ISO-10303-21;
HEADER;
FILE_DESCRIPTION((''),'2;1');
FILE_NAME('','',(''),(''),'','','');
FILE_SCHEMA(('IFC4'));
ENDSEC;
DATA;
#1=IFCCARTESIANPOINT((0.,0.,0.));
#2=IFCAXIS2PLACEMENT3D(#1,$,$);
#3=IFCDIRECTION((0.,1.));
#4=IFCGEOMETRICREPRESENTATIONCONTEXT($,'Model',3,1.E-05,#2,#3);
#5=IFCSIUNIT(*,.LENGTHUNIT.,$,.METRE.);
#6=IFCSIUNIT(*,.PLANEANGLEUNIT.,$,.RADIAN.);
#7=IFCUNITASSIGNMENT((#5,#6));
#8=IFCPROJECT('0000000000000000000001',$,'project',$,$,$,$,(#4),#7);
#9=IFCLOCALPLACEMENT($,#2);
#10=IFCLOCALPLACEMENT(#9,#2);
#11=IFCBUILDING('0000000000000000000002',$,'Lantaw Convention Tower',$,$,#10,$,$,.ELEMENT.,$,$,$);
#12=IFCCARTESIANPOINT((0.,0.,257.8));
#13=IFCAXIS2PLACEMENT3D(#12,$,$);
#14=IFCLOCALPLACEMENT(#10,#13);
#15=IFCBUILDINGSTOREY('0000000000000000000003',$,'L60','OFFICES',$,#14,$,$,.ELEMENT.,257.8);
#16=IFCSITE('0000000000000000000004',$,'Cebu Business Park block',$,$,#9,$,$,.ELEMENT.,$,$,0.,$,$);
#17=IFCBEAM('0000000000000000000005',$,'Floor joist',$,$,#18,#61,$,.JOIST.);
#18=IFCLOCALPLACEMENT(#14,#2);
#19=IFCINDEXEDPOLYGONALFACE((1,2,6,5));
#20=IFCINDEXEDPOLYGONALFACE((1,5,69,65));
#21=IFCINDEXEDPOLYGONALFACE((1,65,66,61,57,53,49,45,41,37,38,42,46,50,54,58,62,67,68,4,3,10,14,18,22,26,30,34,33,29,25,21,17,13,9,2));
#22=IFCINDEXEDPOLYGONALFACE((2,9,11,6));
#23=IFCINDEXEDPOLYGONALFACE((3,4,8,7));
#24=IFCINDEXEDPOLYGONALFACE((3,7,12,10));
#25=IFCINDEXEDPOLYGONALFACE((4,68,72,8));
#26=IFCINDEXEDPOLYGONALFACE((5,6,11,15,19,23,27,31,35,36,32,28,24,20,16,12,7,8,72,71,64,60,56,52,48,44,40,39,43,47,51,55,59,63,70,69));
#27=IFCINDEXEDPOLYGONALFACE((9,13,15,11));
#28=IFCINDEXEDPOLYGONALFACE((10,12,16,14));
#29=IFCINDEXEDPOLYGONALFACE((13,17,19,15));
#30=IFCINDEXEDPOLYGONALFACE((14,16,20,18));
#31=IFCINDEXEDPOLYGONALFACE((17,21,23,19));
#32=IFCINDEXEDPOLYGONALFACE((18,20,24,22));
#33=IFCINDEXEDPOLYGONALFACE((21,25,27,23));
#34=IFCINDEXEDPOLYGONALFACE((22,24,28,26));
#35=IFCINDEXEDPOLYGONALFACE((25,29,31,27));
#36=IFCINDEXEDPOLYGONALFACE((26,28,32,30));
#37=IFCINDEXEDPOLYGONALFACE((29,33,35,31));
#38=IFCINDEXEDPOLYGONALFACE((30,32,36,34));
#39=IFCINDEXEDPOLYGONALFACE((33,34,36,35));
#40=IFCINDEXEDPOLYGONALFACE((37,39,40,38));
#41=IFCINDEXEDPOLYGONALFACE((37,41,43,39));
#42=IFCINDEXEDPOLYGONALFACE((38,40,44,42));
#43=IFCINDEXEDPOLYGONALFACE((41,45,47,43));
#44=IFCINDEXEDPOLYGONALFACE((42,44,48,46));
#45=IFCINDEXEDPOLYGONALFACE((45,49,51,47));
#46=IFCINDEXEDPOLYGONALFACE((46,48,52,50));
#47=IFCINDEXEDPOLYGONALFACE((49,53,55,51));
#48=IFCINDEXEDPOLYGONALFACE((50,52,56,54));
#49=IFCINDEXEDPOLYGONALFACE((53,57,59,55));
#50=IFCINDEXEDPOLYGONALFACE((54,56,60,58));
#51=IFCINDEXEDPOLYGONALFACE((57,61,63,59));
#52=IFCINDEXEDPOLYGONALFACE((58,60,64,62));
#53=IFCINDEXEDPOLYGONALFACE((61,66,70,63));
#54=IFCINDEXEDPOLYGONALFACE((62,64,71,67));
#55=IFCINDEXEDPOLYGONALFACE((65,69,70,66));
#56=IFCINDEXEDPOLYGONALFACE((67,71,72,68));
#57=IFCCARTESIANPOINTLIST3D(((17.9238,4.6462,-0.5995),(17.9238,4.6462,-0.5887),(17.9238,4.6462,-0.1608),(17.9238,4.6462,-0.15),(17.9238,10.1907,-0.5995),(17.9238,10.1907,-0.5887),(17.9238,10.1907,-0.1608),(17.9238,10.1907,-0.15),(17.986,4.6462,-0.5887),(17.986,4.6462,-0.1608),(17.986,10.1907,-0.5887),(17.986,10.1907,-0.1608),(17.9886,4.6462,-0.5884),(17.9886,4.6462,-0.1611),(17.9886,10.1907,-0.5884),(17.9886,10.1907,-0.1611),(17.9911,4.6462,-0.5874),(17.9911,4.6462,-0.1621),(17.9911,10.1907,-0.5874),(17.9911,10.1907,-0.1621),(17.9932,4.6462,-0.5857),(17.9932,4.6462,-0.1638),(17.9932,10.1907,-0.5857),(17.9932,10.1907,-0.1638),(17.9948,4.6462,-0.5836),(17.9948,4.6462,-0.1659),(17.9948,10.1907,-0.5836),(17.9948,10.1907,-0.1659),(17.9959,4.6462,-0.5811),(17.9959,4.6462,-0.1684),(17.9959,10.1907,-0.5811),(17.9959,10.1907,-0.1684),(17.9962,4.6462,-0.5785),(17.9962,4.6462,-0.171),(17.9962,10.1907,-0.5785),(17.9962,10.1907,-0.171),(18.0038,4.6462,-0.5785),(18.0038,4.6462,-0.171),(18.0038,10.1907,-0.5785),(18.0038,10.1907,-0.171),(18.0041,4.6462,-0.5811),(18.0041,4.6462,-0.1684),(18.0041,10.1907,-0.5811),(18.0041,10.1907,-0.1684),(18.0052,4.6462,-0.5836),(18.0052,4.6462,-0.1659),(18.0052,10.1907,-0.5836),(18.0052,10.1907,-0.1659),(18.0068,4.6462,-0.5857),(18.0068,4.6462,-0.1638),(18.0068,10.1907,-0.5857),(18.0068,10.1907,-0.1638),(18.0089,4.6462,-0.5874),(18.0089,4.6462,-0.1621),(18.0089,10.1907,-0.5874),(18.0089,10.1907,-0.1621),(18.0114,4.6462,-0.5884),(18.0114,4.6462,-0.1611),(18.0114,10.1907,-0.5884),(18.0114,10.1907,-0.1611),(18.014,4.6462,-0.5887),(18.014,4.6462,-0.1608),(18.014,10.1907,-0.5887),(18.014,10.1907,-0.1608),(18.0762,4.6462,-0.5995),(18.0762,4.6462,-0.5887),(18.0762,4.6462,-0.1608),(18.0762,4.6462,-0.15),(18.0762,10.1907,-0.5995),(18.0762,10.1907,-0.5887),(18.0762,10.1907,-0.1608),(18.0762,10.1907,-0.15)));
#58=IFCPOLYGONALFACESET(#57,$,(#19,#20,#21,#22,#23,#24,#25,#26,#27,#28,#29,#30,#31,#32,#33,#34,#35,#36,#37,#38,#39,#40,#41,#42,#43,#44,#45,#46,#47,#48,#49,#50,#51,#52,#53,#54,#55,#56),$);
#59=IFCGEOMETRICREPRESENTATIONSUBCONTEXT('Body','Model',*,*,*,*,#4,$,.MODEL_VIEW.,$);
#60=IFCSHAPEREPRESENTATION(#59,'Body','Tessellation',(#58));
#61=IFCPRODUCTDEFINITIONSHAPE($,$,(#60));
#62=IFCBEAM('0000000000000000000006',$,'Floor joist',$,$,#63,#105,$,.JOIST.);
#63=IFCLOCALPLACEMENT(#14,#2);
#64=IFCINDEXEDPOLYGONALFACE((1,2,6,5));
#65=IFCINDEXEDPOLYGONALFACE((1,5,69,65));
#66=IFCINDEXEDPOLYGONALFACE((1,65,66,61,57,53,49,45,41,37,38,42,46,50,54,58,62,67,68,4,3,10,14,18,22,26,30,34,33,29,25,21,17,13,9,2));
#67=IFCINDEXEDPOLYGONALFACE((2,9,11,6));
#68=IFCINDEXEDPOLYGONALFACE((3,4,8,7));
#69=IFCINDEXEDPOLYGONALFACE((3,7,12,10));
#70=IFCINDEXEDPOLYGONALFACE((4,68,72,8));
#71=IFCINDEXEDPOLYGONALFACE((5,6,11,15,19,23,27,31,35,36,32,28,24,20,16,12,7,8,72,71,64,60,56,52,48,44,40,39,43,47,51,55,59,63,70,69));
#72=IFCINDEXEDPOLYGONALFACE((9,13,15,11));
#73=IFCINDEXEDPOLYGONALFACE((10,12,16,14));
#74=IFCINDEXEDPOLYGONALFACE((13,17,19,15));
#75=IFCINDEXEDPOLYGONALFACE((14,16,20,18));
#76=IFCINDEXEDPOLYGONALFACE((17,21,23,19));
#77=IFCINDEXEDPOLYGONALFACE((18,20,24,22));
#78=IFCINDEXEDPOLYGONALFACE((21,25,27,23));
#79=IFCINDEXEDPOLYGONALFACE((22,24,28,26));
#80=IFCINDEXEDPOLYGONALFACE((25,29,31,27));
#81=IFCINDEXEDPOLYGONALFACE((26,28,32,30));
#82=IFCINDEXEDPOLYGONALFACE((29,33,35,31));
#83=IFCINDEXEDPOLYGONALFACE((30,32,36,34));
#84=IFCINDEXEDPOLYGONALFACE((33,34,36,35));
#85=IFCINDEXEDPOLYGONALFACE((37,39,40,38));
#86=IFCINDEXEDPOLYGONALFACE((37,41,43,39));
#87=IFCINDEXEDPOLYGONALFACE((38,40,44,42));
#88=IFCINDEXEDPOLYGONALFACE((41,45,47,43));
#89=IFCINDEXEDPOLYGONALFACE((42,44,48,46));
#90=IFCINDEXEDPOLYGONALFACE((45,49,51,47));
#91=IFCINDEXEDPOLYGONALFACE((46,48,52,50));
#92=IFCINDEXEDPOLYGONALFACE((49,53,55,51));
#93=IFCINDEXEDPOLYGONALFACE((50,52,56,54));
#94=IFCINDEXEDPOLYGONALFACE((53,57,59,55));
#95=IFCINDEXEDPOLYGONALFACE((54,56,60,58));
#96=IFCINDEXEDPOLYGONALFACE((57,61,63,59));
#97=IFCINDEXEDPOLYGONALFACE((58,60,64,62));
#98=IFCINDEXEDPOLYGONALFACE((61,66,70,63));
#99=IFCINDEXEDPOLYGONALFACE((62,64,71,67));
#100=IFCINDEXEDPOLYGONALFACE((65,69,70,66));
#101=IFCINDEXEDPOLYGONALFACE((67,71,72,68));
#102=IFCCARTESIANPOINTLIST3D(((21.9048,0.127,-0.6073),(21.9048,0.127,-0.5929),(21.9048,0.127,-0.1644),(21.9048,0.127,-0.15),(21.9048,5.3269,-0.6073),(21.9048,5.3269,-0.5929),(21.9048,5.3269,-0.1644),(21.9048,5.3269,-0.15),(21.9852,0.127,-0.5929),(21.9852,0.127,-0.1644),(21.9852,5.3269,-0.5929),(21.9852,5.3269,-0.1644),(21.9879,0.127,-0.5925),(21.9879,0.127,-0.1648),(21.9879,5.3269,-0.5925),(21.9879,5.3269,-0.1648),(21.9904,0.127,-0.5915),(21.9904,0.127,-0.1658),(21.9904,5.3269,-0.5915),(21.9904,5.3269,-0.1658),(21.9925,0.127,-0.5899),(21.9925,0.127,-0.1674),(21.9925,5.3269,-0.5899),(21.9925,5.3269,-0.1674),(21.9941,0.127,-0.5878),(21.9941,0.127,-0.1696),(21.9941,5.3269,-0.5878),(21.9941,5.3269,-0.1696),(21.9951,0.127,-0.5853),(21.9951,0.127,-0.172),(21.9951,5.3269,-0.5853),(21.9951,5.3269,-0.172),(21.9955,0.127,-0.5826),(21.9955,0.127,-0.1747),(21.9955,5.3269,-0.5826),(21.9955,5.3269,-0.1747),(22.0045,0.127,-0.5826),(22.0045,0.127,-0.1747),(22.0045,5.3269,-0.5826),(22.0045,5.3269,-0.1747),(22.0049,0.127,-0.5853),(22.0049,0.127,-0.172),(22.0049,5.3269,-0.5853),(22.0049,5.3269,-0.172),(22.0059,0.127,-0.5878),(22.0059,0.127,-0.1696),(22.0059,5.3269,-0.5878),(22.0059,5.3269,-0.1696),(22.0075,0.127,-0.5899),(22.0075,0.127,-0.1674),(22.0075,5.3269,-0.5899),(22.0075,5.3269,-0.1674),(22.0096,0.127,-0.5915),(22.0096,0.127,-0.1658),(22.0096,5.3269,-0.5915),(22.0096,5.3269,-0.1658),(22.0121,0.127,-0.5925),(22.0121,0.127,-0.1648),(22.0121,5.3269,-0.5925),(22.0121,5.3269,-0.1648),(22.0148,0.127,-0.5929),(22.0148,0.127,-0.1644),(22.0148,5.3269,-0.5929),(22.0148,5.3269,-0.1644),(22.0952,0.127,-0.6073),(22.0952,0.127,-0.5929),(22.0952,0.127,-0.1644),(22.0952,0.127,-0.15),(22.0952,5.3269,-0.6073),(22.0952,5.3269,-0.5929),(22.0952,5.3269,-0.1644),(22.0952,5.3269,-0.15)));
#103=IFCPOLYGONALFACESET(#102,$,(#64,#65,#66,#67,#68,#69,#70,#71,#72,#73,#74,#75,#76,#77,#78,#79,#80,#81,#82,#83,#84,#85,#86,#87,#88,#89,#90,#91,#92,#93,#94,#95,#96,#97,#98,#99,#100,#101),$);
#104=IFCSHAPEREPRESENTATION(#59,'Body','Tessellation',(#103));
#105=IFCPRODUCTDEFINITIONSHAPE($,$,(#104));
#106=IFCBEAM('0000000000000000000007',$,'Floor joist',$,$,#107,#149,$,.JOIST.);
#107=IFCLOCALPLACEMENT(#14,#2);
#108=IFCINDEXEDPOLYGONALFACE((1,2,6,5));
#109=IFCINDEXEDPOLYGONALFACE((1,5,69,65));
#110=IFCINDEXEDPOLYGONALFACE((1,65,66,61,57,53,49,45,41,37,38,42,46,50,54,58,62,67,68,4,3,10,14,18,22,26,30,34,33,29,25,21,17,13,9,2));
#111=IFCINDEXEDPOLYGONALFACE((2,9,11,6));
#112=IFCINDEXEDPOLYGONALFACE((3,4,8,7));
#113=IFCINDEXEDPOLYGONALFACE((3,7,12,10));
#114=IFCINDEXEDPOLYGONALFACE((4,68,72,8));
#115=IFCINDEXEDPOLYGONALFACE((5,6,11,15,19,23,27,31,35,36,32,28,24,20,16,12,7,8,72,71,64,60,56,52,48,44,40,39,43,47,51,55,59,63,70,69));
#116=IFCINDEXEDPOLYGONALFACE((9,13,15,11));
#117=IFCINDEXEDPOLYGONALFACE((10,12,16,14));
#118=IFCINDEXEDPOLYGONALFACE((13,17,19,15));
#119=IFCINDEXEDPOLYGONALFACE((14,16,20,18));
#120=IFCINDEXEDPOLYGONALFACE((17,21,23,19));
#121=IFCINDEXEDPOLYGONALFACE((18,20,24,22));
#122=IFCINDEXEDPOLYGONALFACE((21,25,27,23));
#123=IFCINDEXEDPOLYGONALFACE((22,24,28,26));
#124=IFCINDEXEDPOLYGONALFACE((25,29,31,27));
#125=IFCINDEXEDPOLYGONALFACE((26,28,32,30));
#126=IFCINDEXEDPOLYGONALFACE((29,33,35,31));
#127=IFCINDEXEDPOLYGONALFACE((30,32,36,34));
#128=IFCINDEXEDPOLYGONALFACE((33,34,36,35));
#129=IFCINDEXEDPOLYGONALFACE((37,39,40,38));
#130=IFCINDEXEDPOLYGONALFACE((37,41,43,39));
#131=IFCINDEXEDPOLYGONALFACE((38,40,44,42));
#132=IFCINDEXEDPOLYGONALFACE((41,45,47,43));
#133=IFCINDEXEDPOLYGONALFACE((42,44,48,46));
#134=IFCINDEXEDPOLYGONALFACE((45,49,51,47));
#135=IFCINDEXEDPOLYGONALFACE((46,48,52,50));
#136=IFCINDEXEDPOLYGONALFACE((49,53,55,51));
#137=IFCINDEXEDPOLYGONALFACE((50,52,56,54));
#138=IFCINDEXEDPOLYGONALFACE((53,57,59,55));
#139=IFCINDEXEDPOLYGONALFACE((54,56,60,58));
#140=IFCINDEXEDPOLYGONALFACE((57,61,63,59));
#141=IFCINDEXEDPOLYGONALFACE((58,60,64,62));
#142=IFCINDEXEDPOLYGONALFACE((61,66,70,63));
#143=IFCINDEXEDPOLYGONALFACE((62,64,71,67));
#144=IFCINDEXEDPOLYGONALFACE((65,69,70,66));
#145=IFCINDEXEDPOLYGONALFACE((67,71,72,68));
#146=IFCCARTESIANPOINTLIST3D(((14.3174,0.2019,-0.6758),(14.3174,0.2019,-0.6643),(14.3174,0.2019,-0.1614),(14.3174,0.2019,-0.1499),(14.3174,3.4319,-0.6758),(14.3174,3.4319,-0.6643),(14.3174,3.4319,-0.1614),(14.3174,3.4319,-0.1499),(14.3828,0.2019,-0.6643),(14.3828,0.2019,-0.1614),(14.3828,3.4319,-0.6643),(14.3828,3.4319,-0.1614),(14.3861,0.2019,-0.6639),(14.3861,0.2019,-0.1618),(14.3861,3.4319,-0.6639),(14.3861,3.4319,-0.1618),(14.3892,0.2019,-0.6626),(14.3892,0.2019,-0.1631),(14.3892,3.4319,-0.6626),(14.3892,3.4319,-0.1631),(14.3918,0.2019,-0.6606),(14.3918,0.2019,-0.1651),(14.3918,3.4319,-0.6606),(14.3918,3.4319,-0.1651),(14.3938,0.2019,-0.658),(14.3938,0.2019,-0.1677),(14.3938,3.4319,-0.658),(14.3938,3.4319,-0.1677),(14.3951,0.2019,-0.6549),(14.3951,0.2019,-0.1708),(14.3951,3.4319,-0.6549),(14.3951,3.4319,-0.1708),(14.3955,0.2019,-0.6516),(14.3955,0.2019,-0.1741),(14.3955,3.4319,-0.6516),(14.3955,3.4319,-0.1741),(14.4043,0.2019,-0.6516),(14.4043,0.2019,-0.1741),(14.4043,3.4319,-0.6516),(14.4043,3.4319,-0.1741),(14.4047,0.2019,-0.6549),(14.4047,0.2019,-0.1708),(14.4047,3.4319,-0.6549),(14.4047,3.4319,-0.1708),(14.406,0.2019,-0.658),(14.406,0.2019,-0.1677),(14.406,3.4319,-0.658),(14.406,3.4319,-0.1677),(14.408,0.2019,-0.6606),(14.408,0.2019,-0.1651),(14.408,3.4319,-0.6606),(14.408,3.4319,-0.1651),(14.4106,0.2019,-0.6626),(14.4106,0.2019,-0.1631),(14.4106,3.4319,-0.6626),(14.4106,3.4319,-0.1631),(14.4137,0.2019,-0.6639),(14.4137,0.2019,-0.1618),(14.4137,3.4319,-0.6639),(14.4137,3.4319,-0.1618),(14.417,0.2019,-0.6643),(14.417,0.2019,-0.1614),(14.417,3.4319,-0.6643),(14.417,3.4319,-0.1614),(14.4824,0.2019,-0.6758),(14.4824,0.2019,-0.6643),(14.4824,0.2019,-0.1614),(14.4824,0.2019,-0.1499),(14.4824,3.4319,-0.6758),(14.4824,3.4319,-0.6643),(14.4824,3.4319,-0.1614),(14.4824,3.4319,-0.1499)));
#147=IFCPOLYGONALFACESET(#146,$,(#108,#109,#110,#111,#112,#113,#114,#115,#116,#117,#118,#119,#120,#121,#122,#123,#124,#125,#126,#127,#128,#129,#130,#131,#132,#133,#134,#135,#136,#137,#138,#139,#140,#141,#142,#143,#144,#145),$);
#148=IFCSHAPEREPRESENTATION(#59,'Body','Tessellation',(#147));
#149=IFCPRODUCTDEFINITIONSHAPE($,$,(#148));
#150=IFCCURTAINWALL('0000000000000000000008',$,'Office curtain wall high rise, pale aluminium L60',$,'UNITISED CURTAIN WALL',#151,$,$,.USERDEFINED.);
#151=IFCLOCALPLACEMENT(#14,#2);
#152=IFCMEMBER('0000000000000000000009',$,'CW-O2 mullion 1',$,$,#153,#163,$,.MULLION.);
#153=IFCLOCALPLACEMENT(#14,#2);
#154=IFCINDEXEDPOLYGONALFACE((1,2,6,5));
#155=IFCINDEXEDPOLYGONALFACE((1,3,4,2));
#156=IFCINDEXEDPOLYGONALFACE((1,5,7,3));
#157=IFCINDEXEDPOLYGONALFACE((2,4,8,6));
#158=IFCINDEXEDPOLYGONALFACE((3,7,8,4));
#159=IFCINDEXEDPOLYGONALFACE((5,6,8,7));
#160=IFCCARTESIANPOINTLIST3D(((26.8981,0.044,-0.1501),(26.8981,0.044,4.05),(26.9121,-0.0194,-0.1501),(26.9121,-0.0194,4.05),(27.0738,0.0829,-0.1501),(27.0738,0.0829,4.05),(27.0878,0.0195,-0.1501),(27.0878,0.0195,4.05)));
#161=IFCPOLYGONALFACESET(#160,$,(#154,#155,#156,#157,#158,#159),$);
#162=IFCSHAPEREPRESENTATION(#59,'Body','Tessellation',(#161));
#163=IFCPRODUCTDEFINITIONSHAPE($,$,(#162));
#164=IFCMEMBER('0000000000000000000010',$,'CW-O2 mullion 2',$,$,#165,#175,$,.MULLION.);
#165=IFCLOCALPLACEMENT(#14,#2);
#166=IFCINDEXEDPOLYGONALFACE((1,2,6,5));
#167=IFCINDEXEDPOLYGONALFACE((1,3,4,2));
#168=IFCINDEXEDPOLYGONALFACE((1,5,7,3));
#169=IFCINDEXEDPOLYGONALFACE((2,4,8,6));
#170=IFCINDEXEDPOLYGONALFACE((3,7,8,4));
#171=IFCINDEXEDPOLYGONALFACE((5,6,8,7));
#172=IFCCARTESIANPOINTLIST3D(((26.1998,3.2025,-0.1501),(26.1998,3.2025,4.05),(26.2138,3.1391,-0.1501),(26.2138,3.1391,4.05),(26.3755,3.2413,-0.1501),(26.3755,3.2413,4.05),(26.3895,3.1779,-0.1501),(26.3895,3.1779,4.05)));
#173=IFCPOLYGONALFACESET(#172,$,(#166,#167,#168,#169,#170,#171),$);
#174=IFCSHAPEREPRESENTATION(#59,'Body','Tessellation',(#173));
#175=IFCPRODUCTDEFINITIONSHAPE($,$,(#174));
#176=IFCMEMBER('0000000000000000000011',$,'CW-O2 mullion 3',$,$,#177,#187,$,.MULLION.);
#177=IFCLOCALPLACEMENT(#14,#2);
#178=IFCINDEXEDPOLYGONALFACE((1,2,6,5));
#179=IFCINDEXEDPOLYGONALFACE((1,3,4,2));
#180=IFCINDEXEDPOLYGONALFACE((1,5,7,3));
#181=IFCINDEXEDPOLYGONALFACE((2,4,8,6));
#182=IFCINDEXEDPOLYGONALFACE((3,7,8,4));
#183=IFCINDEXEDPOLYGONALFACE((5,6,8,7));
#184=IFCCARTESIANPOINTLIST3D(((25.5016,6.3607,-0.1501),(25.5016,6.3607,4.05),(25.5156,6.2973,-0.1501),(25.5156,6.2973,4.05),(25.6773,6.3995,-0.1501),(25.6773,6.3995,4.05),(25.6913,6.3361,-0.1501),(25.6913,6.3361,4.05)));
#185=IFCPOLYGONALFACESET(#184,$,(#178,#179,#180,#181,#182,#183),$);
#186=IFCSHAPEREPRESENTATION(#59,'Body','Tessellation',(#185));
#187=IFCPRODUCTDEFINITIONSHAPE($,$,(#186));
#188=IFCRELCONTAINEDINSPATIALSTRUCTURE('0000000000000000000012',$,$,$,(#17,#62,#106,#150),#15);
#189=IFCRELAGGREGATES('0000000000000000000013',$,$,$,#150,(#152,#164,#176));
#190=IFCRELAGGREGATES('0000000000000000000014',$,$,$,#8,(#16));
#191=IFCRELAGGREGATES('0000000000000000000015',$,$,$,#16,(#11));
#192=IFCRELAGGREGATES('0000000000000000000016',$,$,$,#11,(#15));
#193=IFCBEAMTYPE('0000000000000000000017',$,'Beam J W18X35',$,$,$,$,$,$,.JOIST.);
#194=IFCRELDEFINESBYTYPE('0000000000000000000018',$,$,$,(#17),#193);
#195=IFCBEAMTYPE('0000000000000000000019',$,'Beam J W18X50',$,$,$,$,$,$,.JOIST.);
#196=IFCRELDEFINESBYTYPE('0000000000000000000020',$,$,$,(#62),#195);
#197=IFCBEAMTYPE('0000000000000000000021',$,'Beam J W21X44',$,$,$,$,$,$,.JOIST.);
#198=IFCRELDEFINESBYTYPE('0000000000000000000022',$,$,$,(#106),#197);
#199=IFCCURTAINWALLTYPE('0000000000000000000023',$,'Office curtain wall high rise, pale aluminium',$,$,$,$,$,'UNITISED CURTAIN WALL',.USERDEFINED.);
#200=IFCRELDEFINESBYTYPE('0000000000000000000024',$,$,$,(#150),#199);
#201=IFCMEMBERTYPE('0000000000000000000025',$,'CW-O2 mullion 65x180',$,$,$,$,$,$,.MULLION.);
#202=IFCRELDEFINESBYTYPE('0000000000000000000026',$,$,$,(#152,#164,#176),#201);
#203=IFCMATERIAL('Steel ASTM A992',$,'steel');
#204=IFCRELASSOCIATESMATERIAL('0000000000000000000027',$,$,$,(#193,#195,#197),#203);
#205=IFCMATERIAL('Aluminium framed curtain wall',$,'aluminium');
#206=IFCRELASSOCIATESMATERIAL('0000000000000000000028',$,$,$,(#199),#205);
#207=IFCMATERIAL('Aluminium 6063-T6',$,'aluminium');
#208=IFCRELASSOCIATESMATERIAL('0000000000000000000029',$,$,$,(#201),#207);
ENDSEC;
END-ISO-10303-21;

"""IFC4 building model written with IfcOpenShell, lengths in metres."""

from ifc_helpers import new_model, si_unit, direction, frame, origin, origin_2d, place, context, subcontext, project, spatial, rectangle, i_section, extrude, material, material_profile, profile_set, type_object, element, aggregate, save


model = new_model("IFC4")

# Units and contexts
model_context = context("Model", 3, precision=1e-05, world=origin(), true_north=direction((0.0, 1.0)))
body_context = subcontext(model_context, "Body", "Model", "MODEL_VIEW")
ifc_project = project(units=[si_unit("LENGTHUNIT", "METRE"), si_unit("PLANEANGLEUNIT", "RADIAN")], contexts=[model_context])

# Site, building, storey
site_placement = place(None, origin())
site = spatial("IfcSite", under=ifc_project, at=site_placement, Name="Cebu Business Park block", CompositionType="ELEMENT", RefElevation=0.0)
building_placement = place(site_placement, origin())
building = spatial("IfcBuilding", under=site, at=building_placement, Name="Lantaw Convention Tower", CompositionType="ELEMENT")
storey_placement = place(building_placement, frame((0.0, 0.0, 257.8)))
storey = spatial("IfcBuildingStorey", under=building, at=storey_placement, Name="L60", Description="OFFICES", CompositionType="ELEMENT", Elevation=257.8)

# Beams
ifc_material_1 = material(Name="Steel ASTM A992", Category="steel")
ifc_material_profile_1 = material_profile(ifc_material_1, i_section(OverallWidth=0.1523, OverallDepth=0.4495, WebThickness=0.0076, FlangeThickness=0.0107, FilletRadius=0.0103, at=origin_2d()), Name="W18X35")
ifc_profile_set_1 = profile_set([ifc_material_profile_1], Name="Steel ASTM A992")
beam_type_1 = type_object("IfcBeamType", Name="Beam J W18X35", PredefinedType="JOIST", material=ifc_profile_set_1)
beam_1_placement = place(storey_placement, frame((18.0, 4.6462, -0.3748), z_axis=(0.0, 1.0, 0.0), x_axis=(-1.0, 0.0, 0.0)))
element("IfcBeam", 1, at=beam_1_placement, inside=storey, type_object=beam_type_1, Name="Floor joist", PredefinedType="JOIST", context=body_context, shape_type="SweptSolid", body=[
    extrude(i_section(OverallWidth=0.1523, OverallDepth=0.4495, WebThickness=0.0076, FlangeThickness=0.0107, FilletRadius=0.0103, at=origin_2d()), origin(), (0.0, 0.0, 1.0), 5.5444),
])
ifc_material_profile_2 = material_profile(ifc_material_1, i_section(OverallWidth=0.1904, OverallDepth=0.4573, WebThickness=0.009, FlangeThickness=0.0144, FilletRadius=0.0103, at=origin_2d()), Name="W18X50")
ifc_profile_set_2 = profile_set([ifc_material_profile_2], Name="Steel ASTM A992")
beam_type_2 = type_object("IfcBeamType", Name="Beam J W18X50", PredefinedType="JOIST", material=ifc_profile_set_2)
beam_2_placement = place(storey_placement, frame((22.0, 0.127, -0.3787), z_axis=(0.0, 1.0, 0.0), x_axis=(-1.0, 0.0, 0.0)))
element("IfcBeam", 2, at=beam_2_placement, inside=storey, type_object=beam_type_2, Name="Floor joist", PredefinedType="JOIST", context=body_context, shape_type="SweptSolid", body=[
    extrude(i_section(OverallWidth=0.1904, OverallDepth=0.4573, WebThickness=0.009, FlangeThickness=0.0144, FilletRadius=0.0103, at=origin_2d()), origin(), (0.0, 0.0, 1.0), 5.2),
])
ifc_material_profile_3 = material_profile(ifc_material_1, i_section(OverallWidth=0.165, OverallDepth=0.5259, WebThickness=0.0088, FlangeThickness=0.0115, FilletRadius=0.0127, at=origin_2d()), Name="W21X44")
ifc_profile_set_3 = profile_set([ifc_material_profile_3], Name="Steel ASTM A992")
beam_type_3 = type_object("IfcBeamType", Name="Beam J W21X44", PredefinedType="JOIST", material=ifc_profile_set_3)
beam_3_placement = place(storey_placement, frame((14.3999, 0.2019, -0.4128), z_axis=(0.0, 1.0, 0.0), x_axis=(-1.0, 0.0, 0.0)))
element("IfcBeam", 3, at=beam_3_placement, inside=storey, type_object=beam_type_3, Name="Floor joist", PredefinedType="JOIST", context=body_context, shape_type="SweptSolid", body=[
    extrude(i_section(OverallWidth=0.165, OverallDepth=0.5259, WebThickness=0.0088, FlangeThickness=0.0115, FilletRadius=0.0127, at=origin_2d()), origin(), (0.0, 0.0, 1.0), 3.23),
])

# Curtain wall, members
ifc_material_2 = material(Name="Aluminium framed curtain wall", Category="aluminium")
curtain_wall_type = type_object("IfcCurtainWallType", Name="Office curtain wall high rise, pale aluminium", ElementType="UNITISED CURTAIN WALL", PredefinedType="USERDEFINED", material=ifc_material_2)
curtain_wall_1_placement = place(storey_placement, origin())
curtain_wall_1 = element("IfcCurtainWall", 4, at=curtain_wall_1_placement, inside=storey, type_object=curtain_wall_type, Name="Office curtain wall high rise, pale aluminium L60", ObjectType="UNITISED CURTAIN WALL", PredefinedType="USERDEFINED")
ifc_material_3 = material(Name="Aluminium 6063-T6", Category="aluminium")
ifc_material_profile_4 = material_profile(ifc_material_3, rectangle(XDim=0.1799, YDim=0.0649, at=origin_2d()), Name="CW-O2 mullion 65x180")
ifc_profile_set_4 = profile_set([ifc_material_profile_4], Name="Aluminium 6063-T6")
member_type_1 = type_object("IfcMemberType", Name="CW-O2 mullion 65x180", PredefinedType="MULLION", material=ifc_profile_set_4)
member_1_placement = place(storey_placement, frame((26.9929, 0.0317, -0.1501), z_axis=(0.0, 0.0, 1.0), x_axis=(-0.976417, -0.215891, 0.0)))
member_1 = element("IfcMember", 5, at=member_1_placement, type_object=member_type_1, Name="CW-O2 mullion 1", PredefinedType="MULLION", context=body_context, shape_type="SweptSolid", body=[
    extrude(rectangle(XDim=0.1799, YDim=0.0649, at=origin_2d()), origin(), (0.0, 0.0, 1.0), 4.2002),
])
member_2_placement = place(storey_placement, frame((26.2947, 3.1902, -0.1501), z_axis=(0.0, 0.0, 1.0), x_axis=(-0.976417, -0.215891, 0.0)))
member_2 = element("IfcMember", 6, at=member_2_placement, type_object=member_type_1, Name="CW-O2 mullion 2", PredefinedType="MULLION", context=body_context, shape_type="SweptSolid", body=[
    extrude(rectangle(XDim=0.1799, YDim=0.0649, at=origin_2d()), origin(), (0.0, 0.0, 1.0), 4.2002),
])
member_3_placement = place(storey_placement, frame((25.5964, 6.3484, -0.1501), z_axis=(0.0, 0.0, 1.0), x_axis=(-0.976417, -0.215891, 0.0)))
member_3 = element("IfcMember", 7, at=member_3_placement, type_object=member_type_1, Name="CW-O2 mullion 3", PredefinedType="MULLION", context=body_context, shape_type="SweptSolid", body=[
    extrude(rectangle(XDim=0.1799, YDim=0.0649, at=origin_2d()), origin(), (0.0, 0.0, 1.0), 4.2002),
])

aggregate(curtain_wall_1, [member_1, member_2, member_3])

save(model, "model.ifc")
